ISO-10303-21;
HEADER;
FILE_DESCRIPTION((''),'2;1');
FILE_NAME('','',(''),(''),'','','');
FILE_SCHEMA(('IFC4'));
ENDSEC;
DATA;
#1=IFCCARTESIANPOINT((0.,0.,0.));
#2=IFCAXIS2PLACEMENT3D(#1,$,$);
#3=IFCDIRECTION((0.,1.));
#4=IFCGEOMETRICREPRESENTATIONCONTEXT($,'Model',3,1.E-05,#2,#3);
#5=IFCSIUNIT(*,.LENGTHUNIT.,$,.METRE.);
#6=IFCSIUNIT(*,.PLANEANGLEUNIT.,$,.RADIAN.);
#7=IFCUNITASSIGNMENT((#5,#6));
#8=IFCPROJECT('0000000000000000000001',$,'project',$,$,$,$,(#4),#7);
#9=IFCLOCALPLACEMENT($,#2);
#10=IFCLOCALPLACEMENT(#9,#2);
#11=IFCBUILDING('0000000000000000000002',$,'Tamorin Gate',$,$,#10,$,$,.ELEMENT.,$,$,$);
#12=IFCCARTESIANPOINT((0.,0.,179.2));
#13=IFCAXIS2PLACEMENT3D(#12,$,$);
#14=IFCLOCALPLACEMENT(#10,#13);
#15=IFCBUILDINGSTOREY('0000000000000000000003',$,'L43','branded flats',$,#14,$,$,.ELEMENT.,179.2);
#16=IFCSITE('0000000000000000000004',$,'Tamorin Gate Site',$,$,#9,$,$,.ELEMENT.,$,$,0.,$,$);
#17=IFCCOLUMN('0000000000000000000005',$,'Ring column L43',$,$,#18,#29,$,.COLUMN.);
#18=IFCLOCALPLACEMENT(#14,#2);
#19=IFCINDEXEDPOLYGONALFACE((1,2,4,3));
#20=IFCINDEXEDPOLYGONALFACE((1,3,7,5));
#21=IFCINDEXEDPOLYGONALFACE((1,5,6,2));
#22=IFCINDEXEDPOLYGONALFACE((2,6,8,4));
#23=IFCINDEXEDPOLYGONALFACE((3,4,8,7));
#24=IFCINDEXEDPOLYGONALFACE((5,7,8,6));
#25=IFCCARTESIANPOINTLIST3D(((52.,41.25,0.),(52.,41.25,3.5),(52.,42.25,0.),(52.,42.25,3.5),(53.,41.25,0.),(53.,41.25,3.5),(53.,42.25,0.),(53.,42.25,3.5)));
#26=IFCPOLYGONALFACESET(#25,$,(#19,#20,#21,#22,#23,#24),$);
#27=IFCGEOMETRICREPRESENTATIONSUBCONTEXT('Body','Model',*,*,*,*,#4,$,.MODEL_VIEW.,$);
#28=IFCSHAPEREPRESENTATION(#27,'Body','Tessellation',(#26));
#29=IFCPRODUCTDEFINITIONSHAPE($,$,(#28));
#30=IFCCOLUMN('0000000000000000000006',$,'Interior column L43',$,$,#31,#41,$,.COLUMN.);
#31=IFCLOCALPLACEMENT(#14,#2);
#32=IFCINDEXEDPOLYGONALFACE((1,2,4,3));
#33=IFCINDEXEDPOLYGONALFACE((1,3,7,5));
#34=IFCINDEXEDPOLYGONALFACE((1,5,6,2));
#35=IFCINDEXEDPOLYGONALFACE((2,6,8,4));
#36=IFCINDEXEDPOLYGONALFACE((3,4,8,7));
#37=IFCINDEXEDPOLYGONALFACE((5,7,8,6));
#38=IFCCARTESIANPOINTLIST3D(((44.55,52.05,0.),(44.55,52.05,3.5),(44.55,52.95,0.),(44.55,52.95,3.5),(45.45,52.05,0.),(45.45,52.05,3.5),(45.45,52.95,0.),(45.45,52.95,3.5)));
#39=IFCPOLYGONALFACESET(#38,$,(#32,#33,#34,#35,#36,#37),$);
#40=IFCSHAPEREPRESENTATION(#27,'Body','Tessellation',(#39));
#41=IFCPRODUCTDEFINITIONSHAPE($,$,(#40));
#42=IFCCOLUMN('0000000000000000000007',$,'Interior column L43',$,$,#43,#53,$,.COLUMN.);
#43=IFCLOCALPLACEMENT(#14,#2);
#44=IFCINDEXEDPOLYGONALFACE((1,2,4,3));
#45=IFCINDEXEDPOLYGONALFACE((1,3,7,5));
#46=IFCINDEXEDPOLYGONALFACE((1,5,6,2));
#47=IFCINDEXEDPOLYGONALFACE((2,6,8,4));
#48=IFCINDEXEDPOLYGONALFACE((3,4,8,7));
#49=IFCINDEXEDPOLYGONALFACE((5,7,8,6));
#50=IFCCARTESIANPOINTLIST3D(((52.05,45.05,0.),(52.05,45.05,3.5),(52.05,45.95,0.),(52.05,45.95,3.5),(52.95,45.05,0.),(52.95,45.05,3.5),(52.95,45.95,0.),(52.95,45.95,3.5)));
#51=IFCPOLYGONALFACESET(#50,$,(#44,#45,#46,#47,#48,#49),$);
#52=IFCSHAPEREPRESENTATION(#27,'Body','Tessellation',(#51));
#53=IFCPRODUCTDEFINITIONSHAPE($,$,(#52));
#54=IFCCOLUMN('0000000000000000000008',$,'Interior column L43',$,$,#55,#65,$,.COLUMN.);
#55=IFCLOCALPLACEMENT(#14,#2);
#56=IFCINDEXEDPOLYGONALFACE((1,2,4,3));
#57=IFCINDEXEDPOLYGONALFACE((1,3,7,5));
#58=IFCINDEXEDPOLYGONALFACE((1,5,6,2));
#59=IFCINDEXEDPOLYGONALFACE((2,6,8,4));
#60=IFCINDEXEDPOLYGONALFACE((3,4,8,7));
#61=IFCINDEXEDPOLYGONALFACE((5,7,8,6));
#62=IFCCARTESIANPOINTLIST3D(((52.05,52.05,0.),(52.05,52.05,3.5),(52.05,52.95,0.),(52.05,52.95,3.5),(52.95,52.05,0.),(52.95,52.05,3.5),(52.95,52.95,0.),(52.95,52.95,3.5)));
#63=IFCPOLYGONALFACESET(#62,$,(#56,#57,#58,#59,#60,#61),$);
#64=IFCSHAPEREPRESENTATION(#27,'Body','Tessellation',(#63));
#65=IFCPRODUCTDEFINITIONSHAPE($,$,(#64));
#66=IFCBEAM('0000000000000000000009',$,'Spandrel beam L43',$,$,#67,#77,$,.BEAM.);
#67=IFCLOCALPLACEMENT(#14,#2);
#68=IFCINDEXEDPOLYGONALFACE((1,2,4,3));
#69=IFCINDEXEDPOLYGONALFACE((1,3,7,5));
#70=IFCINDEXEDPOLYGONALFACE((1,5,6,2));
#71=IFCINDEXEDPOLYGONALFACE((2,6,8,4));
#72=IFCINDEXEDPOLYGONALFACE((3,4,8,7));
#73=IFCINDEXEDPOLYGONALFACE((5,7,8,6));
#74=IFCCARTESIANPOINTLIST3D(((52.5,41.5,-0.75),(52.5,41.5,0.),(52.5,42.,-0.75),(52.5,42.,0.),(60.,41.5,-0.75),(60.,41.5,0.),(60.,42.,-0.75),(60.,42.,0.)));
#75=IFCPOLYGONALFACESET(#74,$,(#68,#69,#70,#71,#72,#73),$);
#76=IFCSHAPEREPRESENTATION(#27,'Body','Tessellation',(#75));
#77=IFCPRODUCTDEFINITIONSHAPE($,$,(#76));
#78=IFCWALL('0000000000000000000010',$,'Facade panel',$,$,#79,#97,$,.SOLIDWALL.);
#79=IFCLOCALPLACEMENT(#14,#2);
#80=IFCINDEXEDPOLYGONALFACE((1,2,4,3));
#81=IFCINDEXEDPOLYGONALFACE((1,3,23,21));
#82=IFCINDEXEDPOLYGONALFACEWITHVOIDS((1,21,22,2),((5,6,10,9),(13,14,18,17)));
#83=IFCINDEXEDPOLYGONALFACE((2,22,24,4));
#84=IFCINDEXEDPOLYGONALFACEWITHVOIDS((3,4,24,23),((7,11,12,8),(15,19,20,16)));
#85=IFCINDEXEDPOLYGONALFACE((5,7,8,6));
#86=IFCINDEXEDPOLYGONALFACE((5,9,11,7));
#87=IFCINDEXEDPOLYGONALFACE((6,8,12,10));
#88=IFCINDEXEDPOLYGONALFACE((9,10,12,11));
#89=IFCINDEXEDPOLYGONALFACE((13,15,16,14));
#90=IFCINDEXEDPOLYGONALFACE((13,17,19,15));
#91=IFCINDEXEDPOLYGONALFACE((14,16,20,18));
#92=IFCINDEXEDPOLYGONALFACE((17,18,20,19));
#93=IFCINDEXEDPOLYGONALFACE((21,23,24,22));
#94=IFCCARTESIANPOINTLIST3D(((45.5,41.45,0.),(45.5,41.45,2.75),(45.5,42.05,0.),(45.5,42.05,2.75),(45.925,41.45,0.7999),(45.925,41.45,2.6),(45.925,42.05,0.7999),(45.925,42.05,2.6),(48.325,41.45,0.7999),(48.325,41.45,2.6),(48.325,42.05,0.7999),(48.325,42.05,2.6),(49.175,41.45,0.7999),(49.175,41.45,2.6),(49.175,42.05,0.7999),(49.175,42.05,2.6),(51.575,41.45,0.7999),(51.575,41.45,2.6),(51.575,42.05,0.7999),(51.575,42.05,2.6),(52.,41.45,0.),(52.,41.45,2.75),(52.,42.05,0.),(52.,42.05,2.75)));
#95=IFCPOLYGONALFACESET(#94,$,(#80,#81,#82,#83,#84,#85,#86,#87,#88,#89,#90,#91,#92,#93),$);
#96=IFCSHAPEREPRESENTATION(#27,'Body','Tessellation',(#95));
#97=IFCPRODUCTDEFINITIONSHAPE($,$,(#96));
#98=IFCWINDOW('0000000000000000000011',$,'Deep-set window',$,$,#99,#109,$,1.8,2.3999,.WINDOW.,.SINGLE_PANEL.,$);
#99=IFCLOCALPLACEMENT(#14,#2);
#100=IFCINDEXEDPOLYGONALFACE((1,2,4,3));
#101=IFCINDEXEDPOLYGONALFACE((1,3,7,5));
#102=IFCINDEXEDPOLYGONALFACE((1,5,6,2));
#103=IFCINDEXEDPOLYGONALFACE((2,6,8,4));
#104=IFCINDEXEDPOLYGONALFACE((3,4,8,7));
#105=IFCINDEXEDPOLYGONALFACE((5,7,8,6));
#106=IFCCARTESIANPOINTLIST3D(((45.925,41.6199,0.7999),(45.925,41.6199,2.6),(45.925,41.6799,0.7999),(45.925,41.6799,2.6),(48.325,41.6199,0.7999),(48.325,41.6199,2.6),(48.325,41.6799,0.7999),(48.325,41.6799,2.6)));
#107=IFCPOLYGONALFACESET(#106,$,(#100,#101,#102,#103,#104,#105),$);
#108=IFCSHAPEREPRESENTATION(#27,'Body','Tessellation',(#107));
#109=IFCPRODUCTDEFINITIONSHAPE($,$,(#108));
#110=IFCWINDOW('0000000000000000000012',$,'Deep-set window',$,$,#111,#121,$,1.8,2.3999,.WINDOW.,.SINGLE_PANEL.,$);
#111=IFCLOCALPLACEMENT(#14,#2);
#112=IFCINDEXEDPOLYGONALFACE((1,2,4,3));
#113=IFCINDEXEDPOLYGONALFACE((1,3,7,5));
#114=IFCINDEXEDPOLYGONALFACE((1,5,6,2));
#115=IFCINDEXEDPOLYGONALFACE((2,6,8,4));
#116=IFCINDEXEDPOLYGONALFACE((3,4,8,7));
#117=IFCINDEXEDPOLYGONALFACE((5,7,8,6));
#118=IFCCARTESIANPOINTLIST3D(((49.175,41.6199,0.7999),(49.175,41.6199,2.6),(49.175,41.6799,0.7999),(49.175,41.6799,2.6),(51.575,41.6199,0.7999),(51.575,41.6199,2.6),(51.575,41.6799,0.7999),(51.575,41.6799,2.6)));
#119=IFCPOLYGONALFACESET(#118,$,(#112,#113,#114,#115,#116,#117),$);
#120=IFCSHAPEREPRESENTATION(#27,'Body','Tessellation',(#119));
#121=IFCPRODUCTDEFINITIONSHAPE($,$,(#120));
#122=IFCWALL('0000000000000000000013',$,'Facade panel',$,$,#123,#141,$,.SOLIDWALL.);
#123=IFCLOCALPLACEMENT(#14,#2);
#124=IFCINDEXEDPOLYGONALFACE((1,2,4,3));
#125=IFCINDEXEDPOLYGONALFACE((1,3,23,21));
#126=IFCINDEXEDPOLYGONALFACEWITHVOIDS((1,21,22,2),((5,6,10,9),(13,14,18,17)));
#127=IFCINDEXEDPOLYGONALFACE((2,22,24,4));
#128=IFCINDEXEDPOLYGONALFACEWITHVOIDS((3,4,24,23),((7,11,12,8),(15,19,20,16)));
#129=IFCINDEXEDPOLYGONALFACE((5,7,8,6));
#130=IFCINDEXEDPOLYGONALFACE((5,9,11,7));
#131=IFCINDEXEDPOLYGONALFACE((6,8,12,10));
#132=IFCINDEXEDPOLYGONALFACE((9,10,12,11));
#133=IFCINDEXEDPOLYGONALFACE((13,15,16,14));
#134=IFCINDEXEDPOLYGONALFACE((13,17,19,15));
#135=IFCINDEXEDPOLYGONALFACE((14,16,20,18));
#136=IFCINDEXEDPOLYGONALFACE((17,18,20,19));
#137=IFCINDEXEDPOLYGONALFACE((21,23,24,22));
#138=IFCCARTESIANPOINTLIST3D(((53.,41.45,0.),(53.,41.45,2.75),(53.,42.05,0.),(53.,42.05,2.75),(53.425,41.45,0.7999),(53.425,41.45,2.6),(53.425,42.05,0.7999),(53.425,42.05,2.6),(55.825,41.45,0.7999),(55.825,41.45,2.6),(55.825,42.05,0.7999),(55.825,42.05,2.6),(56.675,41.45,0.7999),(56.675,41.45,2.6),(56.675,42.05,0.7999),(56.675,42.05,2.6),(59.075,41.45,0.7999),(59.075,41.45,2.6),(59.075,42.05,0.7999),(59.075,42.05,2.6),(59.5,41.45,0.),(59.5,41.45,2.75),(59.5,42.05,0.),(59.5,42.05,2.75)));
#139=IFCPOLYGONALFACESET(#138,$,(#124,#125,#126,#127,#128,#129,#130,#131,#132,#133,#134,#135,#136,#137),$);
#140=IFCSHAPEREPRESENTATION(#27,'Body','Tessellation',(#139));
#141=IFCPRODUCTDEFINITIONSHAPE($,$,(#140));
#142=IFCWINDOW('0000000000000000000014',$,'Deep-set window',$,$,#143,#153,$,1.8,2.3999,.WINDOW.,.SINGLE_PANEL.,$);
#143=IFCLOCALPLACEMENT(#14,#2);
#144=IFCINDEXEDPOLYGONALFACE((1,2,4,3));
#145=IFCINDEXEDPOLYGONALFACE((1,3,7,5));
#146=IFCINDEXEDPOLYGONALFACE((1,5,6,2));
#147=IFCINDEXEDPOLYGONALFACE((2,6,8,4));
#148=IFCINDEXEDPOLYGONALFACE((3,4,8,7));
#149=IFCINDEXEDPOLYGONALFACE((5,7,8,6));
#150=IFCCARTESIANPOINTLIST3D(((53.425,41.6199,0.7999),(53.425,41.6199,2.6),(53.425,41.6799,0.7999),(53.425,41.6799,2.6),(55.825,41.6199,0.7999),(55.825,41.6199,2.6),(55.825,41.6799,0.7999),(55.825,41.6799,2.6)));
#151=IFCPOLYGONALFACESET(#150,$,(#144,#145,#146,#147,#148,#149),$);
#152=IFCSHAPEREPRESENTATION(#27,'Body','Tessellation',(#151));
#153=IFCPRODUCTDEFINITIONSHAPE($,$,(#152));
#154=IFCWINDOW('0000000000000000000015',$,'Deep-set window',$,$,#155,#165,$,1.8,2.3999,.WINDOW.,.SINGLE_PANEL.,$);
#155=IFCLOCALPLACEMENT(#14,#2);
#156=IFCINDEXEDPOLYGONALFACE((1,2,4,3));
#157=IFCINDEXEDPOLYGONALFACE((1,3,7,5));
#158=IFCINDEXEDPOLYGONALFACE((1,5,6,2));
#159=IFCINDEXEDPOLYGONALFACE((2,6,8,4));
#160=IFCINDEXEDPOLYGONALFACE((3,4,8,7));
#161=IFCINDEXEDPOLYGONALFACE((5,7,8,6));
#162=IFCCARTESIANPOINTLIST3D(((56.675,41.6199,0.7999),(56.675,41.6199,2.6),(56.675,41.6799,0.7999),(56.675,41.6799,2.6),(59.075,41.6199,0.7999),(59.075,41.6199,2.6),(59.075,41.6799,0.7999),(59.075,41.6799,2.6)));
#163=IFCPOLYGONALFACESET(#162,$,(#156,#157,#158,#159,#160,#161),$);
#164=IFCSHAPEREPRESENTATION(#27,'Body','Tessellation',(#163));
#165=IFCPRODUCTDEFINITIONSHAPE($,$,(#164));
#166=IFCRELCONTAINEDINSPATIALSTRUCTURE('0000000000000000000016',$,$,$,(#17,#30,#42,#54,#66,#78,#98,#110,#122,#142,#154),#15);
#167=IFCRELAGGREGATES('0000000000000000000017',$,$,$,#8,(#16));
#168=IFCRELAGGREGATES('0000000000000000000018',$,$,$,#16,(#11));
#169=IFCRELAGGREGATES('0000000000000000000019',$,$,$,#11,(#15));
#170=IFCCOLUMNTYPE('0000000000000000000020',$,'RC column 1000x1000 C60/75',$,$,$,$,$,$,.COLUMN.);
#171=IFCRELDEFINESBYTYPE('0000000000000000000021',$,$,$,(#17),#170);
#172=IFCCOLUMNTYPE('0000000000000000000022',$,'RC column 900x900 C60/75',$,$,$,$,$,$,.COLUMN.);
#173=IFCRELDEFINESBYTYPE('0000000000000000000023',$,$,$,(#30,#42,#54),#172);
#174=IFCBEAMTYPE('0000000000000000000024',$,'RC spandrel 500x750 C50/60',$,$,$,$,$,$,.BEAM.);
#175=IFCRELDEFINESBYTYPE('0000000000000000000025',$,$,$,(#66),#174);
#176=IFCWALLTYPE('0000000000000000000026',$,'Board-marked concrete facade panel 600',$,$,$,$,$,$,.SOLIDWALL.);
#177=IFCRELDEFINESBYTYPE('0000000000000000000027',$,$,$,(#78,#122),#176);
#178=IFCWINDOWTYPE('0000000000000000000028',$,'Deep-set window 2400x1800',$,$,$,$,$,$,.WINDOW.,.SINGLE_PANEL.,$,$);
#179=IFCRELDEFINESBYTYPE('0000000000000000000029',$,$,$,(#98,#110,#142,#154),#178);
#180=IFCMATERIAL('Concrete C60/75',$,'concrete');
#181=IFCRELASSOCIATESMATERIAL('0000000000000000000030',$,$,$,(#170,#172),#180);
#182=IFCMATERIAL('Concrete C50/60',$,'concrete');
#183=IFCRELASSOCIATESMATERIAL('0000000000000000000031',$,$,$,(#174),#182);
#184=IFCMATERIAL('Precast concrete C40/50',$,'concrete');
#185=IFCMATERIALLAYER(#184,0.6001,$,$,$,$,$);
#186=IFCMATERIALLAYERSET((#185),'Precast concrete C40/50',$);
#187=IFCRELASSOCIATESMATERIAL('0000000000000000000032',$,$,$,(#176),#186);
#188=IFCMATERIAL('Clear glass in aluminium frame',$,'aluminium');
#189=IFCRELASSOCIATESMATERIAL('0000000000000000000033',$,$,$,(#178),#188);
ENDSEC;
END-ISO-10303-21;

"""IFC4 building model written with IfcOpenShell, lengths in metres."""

from ifc_helpers import new_model, si_unit, direction, frame, frame_2d, origin, origin_2d, place, context, subcontext, project, spatial, rectangle, extrude, material, layer, layer_set, material_profile, profile_set, type_object, element, fill, save


model = new_model("IFC4")

# Units and contexts
model_context = context("Model", 3, precision=1e-05, world=origin(), true_north=direction((0.0, 1.0)))
body_context = subcontext(model_context, "Body", "Model", "MODEL_VIEW")
ifc_project = project(units=[si_unit("LENGTHUNIT", "METRE"), si_unit("PLANEANGLEUNIT", "RADIAN")], contexts=[model_context])

# Site, building, storey
site_placement = place(None, origin())
site = spatial("IfcSite", under=ifc_project, at=site_placement, Name="Tamorin Gate Site", CompositionType="ELEMENT", RefElevation=0.0)
building_placement = place(site_placement, origin())
building = spatial("IfcBuilding", under=site, at=building_placement, Name="Tamorin Gate", CompositionType="ELEMENT")
storey_placement = place(building_placement, frame((0.0, 0.0, 179.2)))
storey = spatial("IfcBuildingStorey", under=building, at=storey_placement, Name="L43", Description="branded flats", CompositionType="ELEMENT", Elevation=179.2)

# Columns
ifc_material_1 = material(Name="Concrete C60/75", Category="concrete")
ifc_material_profile_1 = material_profile(ifc_material_1, rectangle(XDim=1.0, YDim=1.0, at=origin_2d()), Name="RC 1000x1000")
ifc_profile_set_1 = profile_set([ifc_material_profile_1], Name="Concrete C60/75")
column_type_1 = type_object("IfcColumnType", Name="RC column 1000x1000 C60/75", PredefinedType="COLUMN", material=ifc_profile_set_1)
column_placement = place(storey_placement, frame((52.5, 41.75, 0.0), z_axis=(0.0, 0.0, 1.0), x_axis=(1.0, 0.0, 0.0)))
element("IfcColumn", 1, at=column_placement, inside=storey, type_object=column_type_1, Name="Ring column L43", PredefinedType="COLUMN", context=body_context, shape_type="SweptSolid", body=[
    extrude(rectangle(XDim=1.0, YDim=1.0, at=origin_2d()), origin(), (0.0, 0.0, 1.0), 3.5),
])
ifc_material_profile_2 = material_profile(ifc_material_1, rectangle(XDim=0.8999, YDim=0.8999, at=origin_2d()), Name="RC 900x900")
ifc_profile_set_2 = profile_set([ifc_material_profile_2], Name="Concrete C60/75")
column_type_2 = type_object("IfcColumnType", Name="RC column 900x900 C60/75", PredefinedType="COLUMN", material=ifc_profile_set_2)
for number, where, z_axis, x_axis, name in (
    (2, (45.0, 52.5, 0.0), (0.0, 0.0, 1.0), (1.0, 0.0, 0.0), "Interior column L43"),
    (3, (52.5, 45.5, 0.0), (0.0, 0.0, 1.0), (1.0, 0.0, 0.0), "Interior column L43"),
    (4, (52.5, 52.5, 0.0), (0.0, 0.0, 1.0), (1.0, 0.0, 0.0), "Interior column L43"),
):
    element("IfcColumn", number, at=place(storey_placement, frame(where, z_axis=z_axis, x_axis=x_axis)), inside=storey, type_object=column_type_2, Name=name, PredefinedType="COLUMN", context=body_context, shape_type="SweptSolid", body=[
        extrude(rectangle(XDim=0.8999, YDim=0.8999, at=origin_2d()), origin(), (0.0, 0.0, 1.0), 3.5),
    ])

# Beam
ifc_material_2 = material(Name="Concrete C50/60", Category="concrete")
ifc_material_profile_3 = material_profile(ifc_material_2, rectangle(XDim=0.5, YDim=0.75, at=origin_2d()), Name="RC 500x750")
ifc_profile_set_3 = profile_set([ifc_material_profile_3], Name="Concrete C50/60")
beam_type = type_object("IfcBeamType", Name="RC spandrel 500x750 C50/60", PredefinedType="BEAM", material=ifc_profile_set_3)
beam_placement = place(storey_placement, frame((52.5, 41.75, -0.375), z_axis=(1.0, 0.0, 0.0), x_axis=(0.0, 1.0, 0.0)))
element("IfcBeam", 5, at=beam_placement, inside=storey, type_object=beam_type, Name="Spandrel beam L43", PredefinedType="BEAM", context=body_context, shape_type="SweptSolid", body=[
    extrude(rectangle(XDim=0.5, YDim=0.75, at=origin_2d()), origin(), (0.0, 0.0, 1.0), 7.5),
])

# Walls, openings, windows
ifc_material_3 = material(Name="Precast concrete C40/50", Category="concrete")
ifc_layer_1 = layer(ifc_material_3, 0.6001)
ifc_layer_set_1 = layer_set([ifc_layer_1], Name="Precast concrete C40/50")
wall_type_1 = type_object("IfcWallType", Name="Board-marked concrete facade panel 600", PredefinedType="SOLIDWALL", material=ifc_layer_set_1)
wall_1_placement = place(storey_placement, frame((45.5, 41.75, 0.0), z_axis=(0.0, 0.0, 1.0), x_axis=(1.0, 0.0, 0.0)))
wall_1 = element("IfcWall", 6, at=wall_1_placement, inside=storey, type_object=wall_type_1, Name="Facade panel", PredefinedType="SOLIDWALL", context=body_context, shape_type="SweptSolid", body=[
    extrude(rectangle(XDim=6.5, YDim=0.6001, at=frame_2d((3.25, 0.0))), origin(), (0.0, 0.0, 1.0), 2.75),
])
opening_1_placement = place(wall_1_placement, frame((0.425, 0.0, 0.8)))
opening_1 = element("IfcOpeningElement", 7, at=opening_1_placement, cuts=wall_1, PredefinedType="OPENING", context=body_context, shape_type="SweptSolid", body=[
    extrude(rectangle(XDim=2.3999, YDim=1.8, at=frame_2d((1.2, 0.8999))), frame((0.0, 0.3101, 0.0), z_axis=(0.0, -1.0, 0.0), x_axis=(1.0, 0.0, 0.0)), (0.0, 0.0, 1.0), 0.6201),
])
opening_2_placement = place(wall_1_placement, frame((3.675, 0.0, 0.8)))
opening_2 = element("IfcOpeningElement", 8, at=opening_2_placement, cuts=wall_1, PredefinedType="OPENING", context=body_context, shape_type="SweptSolid", body=[
    extrude(rectangle(XDim=2.3999, YDim=1.8, at=frame_2d((1.2, 0.8999))), frame((0.0, 0.3101, 0.0), z_axis=(0.0, -1.0, 0.0), x_axis=(1.0, 0.0, 0.0)), (0.0, 0.0, 1.0), 0.6201),
])
ifc_material_4 = material(Name="Clear glass in aluminium frame", Category="aluminium")
window_type = type_object("IfcWindowType", Name="Deep-set window 2400x1800", PartitioningType="SINGLE_PANEL", PredefinedType="WINDOW", material=ifc_material_4)
window_1_placement = place(opening_1_placement, origin())
window_1 = element("IfcWindow", 9, at=window_1_placement, inside=storey, type_object=window_type, Name="Deep-set window", OverallHeight=1.8, OverallWidth=2.3999, PartitioningType="SINGLE_PANEL", PredefinedType="WINDOW", context=body_context, shape_type="SweptSolid", body=[
    extrude(rectangle(XDim=2.3999, YDim=1.8, at=frame_2d((1.2, 0.8999))), frame((0.0, -0.0701, 0.0), z_axis=(0.0, -1.0, 0.0), x_axis=(1.0, 0.0, 0.0)), (0.0, 0.0, 1.0), 0.0601),
])
fill(opening_1, window_1)
window_2_placement = place(opening_2_placement, origin())
window_2 = element("IfcWindow", 10, at=window_2_placement, inside=storey, type_object=window_type, Name="Deep-set window", OverallHeight=1.8, OverallWidth=2.3999, PartitioningType="SINGLE_PANEL", PredefinedType="WINDOW", context=body_context, shape_type="SweptSolid", body=[
    extrude(rectangle(XDim=2.3999, YDim=1.8, at=frame_2d((1.2, 0.8999))), frame((0.0, -0.0701, 0.0), z_axis=(0.0, -1.0, 0.0), x_axis=(1.0, 0.0, 0.0)), (0.0, 0.0, 1.0), 0.0601),
])
fill(opening_2, window_2)
wall_2_placement = place(storey_placement, frame((53.0, 41.75, 0.0), z_axis=(0.0, 0.0, 1.0), x_axis=(1.0, 0.0, 0.0)))
wall_2 = element("IfcWall", 11, at=wall_2_placement, inside=storey, type_object=wall_type_1, Name="Facade panel", PredefinedType="SOLIDWALL", context=body_context, shape_type="SweptSolid", body=[
    extrude(rectangle(XDim=6.5, YDim=0.6001, at=frame_2d((3.25, 0.0))), origin(), (0.0, 0.0, 1.0), 2.75),
])
opening_3_placement = place(wall_2_placement, frame((0.425, 0.0, 0.8)))
opening_3 = element("IfcOpeningElement", 12, at=opening_3_placement, cuts=wall_2, PredefinedType="OPENING", context=body_context, shape_type="SweptSolid", body=[
    extrude(rectangle(XDim=2.3999, YDim=1.8, at=frame_2d((1.2, 0.8999))), frame((0.0, 0.3101, 0.0), z_axis=(0.0, -1.0, 0.0), x_axis=(1.0, 0.0, 0.0)), (0.0, 0.0, 1.0), 0.6201),
])
opening_4_placement = place(wall_2_placement, frame((3.675, 0.0, 0.8)))
opening_4 = element("IfcOpeningElement", 13, at=opening_4_placement, cuts=wall_2, PredefinedType="OPENING", context=body_context, shape_type="SweptSolid", body=[
    extrude(rectangle(XDim=2.3999, YDim=1.8, at=frame_2d((1.2, 0.8999))), frame((0.0, 0.3101, 0.0), z_axis=(0.0, -1.0, 0.0), x_axis=(1.0, 0.0, 0.0)), (0.0, 0.0, 1.0), 0.6201),
])
window_3_placement = place(opening_3_placement, origin())
window_3 = element("IfcWindow", 14, at=window_3_placement, inside=storey, type_object=window_type, Name="Deep-set window", OverallHeight=1.8, OverallWidth=2.3999, PartitioningType="SINGLE_PANEL", PredefinedType="WINDOW", context=body_context, shape_type="SweptSolid", body=[
    extrude(rectangle(XDim=2.3999, YDim=1.8, at=frame_2d((1.2, 0.8999))), frame((0.0, -0.0701, 0.0), z_axis=(0.0, -1.0, 0.0), x_axis=(1.0, 0.0, 0.0)), (0.0, 0.0, 1.0), 0.0601),
])
fill(opening_3, window_3)
window_4_placement = place(opening_4_placement, origin())
window_4 = element("IfcWindow", 15, at=window_4_placement, inside=storey, type_object=window_type, Name="Deep-set window", OverallHeight=1.8, OverallWidth=2.3999, PartitioningType="SINGLE_PANEL", PredefinedType="WINDOW", context=body_context, shape_type="SweptSolid", body=[
    extrude(rectangle(XDim=2.3999, YDim=1.8, at=frame_2d((1.2, 0.8999))), frame((0.0, -0.0701, 0.0), z_axis=(0.0, -1.0, 0.0), x_axis=(1.0, 0.0, 0.0)), (0.0, 0.0, 1.0), 0.0601),
])
fill(opening_4, window_4)

save(model, "model.ifc")
